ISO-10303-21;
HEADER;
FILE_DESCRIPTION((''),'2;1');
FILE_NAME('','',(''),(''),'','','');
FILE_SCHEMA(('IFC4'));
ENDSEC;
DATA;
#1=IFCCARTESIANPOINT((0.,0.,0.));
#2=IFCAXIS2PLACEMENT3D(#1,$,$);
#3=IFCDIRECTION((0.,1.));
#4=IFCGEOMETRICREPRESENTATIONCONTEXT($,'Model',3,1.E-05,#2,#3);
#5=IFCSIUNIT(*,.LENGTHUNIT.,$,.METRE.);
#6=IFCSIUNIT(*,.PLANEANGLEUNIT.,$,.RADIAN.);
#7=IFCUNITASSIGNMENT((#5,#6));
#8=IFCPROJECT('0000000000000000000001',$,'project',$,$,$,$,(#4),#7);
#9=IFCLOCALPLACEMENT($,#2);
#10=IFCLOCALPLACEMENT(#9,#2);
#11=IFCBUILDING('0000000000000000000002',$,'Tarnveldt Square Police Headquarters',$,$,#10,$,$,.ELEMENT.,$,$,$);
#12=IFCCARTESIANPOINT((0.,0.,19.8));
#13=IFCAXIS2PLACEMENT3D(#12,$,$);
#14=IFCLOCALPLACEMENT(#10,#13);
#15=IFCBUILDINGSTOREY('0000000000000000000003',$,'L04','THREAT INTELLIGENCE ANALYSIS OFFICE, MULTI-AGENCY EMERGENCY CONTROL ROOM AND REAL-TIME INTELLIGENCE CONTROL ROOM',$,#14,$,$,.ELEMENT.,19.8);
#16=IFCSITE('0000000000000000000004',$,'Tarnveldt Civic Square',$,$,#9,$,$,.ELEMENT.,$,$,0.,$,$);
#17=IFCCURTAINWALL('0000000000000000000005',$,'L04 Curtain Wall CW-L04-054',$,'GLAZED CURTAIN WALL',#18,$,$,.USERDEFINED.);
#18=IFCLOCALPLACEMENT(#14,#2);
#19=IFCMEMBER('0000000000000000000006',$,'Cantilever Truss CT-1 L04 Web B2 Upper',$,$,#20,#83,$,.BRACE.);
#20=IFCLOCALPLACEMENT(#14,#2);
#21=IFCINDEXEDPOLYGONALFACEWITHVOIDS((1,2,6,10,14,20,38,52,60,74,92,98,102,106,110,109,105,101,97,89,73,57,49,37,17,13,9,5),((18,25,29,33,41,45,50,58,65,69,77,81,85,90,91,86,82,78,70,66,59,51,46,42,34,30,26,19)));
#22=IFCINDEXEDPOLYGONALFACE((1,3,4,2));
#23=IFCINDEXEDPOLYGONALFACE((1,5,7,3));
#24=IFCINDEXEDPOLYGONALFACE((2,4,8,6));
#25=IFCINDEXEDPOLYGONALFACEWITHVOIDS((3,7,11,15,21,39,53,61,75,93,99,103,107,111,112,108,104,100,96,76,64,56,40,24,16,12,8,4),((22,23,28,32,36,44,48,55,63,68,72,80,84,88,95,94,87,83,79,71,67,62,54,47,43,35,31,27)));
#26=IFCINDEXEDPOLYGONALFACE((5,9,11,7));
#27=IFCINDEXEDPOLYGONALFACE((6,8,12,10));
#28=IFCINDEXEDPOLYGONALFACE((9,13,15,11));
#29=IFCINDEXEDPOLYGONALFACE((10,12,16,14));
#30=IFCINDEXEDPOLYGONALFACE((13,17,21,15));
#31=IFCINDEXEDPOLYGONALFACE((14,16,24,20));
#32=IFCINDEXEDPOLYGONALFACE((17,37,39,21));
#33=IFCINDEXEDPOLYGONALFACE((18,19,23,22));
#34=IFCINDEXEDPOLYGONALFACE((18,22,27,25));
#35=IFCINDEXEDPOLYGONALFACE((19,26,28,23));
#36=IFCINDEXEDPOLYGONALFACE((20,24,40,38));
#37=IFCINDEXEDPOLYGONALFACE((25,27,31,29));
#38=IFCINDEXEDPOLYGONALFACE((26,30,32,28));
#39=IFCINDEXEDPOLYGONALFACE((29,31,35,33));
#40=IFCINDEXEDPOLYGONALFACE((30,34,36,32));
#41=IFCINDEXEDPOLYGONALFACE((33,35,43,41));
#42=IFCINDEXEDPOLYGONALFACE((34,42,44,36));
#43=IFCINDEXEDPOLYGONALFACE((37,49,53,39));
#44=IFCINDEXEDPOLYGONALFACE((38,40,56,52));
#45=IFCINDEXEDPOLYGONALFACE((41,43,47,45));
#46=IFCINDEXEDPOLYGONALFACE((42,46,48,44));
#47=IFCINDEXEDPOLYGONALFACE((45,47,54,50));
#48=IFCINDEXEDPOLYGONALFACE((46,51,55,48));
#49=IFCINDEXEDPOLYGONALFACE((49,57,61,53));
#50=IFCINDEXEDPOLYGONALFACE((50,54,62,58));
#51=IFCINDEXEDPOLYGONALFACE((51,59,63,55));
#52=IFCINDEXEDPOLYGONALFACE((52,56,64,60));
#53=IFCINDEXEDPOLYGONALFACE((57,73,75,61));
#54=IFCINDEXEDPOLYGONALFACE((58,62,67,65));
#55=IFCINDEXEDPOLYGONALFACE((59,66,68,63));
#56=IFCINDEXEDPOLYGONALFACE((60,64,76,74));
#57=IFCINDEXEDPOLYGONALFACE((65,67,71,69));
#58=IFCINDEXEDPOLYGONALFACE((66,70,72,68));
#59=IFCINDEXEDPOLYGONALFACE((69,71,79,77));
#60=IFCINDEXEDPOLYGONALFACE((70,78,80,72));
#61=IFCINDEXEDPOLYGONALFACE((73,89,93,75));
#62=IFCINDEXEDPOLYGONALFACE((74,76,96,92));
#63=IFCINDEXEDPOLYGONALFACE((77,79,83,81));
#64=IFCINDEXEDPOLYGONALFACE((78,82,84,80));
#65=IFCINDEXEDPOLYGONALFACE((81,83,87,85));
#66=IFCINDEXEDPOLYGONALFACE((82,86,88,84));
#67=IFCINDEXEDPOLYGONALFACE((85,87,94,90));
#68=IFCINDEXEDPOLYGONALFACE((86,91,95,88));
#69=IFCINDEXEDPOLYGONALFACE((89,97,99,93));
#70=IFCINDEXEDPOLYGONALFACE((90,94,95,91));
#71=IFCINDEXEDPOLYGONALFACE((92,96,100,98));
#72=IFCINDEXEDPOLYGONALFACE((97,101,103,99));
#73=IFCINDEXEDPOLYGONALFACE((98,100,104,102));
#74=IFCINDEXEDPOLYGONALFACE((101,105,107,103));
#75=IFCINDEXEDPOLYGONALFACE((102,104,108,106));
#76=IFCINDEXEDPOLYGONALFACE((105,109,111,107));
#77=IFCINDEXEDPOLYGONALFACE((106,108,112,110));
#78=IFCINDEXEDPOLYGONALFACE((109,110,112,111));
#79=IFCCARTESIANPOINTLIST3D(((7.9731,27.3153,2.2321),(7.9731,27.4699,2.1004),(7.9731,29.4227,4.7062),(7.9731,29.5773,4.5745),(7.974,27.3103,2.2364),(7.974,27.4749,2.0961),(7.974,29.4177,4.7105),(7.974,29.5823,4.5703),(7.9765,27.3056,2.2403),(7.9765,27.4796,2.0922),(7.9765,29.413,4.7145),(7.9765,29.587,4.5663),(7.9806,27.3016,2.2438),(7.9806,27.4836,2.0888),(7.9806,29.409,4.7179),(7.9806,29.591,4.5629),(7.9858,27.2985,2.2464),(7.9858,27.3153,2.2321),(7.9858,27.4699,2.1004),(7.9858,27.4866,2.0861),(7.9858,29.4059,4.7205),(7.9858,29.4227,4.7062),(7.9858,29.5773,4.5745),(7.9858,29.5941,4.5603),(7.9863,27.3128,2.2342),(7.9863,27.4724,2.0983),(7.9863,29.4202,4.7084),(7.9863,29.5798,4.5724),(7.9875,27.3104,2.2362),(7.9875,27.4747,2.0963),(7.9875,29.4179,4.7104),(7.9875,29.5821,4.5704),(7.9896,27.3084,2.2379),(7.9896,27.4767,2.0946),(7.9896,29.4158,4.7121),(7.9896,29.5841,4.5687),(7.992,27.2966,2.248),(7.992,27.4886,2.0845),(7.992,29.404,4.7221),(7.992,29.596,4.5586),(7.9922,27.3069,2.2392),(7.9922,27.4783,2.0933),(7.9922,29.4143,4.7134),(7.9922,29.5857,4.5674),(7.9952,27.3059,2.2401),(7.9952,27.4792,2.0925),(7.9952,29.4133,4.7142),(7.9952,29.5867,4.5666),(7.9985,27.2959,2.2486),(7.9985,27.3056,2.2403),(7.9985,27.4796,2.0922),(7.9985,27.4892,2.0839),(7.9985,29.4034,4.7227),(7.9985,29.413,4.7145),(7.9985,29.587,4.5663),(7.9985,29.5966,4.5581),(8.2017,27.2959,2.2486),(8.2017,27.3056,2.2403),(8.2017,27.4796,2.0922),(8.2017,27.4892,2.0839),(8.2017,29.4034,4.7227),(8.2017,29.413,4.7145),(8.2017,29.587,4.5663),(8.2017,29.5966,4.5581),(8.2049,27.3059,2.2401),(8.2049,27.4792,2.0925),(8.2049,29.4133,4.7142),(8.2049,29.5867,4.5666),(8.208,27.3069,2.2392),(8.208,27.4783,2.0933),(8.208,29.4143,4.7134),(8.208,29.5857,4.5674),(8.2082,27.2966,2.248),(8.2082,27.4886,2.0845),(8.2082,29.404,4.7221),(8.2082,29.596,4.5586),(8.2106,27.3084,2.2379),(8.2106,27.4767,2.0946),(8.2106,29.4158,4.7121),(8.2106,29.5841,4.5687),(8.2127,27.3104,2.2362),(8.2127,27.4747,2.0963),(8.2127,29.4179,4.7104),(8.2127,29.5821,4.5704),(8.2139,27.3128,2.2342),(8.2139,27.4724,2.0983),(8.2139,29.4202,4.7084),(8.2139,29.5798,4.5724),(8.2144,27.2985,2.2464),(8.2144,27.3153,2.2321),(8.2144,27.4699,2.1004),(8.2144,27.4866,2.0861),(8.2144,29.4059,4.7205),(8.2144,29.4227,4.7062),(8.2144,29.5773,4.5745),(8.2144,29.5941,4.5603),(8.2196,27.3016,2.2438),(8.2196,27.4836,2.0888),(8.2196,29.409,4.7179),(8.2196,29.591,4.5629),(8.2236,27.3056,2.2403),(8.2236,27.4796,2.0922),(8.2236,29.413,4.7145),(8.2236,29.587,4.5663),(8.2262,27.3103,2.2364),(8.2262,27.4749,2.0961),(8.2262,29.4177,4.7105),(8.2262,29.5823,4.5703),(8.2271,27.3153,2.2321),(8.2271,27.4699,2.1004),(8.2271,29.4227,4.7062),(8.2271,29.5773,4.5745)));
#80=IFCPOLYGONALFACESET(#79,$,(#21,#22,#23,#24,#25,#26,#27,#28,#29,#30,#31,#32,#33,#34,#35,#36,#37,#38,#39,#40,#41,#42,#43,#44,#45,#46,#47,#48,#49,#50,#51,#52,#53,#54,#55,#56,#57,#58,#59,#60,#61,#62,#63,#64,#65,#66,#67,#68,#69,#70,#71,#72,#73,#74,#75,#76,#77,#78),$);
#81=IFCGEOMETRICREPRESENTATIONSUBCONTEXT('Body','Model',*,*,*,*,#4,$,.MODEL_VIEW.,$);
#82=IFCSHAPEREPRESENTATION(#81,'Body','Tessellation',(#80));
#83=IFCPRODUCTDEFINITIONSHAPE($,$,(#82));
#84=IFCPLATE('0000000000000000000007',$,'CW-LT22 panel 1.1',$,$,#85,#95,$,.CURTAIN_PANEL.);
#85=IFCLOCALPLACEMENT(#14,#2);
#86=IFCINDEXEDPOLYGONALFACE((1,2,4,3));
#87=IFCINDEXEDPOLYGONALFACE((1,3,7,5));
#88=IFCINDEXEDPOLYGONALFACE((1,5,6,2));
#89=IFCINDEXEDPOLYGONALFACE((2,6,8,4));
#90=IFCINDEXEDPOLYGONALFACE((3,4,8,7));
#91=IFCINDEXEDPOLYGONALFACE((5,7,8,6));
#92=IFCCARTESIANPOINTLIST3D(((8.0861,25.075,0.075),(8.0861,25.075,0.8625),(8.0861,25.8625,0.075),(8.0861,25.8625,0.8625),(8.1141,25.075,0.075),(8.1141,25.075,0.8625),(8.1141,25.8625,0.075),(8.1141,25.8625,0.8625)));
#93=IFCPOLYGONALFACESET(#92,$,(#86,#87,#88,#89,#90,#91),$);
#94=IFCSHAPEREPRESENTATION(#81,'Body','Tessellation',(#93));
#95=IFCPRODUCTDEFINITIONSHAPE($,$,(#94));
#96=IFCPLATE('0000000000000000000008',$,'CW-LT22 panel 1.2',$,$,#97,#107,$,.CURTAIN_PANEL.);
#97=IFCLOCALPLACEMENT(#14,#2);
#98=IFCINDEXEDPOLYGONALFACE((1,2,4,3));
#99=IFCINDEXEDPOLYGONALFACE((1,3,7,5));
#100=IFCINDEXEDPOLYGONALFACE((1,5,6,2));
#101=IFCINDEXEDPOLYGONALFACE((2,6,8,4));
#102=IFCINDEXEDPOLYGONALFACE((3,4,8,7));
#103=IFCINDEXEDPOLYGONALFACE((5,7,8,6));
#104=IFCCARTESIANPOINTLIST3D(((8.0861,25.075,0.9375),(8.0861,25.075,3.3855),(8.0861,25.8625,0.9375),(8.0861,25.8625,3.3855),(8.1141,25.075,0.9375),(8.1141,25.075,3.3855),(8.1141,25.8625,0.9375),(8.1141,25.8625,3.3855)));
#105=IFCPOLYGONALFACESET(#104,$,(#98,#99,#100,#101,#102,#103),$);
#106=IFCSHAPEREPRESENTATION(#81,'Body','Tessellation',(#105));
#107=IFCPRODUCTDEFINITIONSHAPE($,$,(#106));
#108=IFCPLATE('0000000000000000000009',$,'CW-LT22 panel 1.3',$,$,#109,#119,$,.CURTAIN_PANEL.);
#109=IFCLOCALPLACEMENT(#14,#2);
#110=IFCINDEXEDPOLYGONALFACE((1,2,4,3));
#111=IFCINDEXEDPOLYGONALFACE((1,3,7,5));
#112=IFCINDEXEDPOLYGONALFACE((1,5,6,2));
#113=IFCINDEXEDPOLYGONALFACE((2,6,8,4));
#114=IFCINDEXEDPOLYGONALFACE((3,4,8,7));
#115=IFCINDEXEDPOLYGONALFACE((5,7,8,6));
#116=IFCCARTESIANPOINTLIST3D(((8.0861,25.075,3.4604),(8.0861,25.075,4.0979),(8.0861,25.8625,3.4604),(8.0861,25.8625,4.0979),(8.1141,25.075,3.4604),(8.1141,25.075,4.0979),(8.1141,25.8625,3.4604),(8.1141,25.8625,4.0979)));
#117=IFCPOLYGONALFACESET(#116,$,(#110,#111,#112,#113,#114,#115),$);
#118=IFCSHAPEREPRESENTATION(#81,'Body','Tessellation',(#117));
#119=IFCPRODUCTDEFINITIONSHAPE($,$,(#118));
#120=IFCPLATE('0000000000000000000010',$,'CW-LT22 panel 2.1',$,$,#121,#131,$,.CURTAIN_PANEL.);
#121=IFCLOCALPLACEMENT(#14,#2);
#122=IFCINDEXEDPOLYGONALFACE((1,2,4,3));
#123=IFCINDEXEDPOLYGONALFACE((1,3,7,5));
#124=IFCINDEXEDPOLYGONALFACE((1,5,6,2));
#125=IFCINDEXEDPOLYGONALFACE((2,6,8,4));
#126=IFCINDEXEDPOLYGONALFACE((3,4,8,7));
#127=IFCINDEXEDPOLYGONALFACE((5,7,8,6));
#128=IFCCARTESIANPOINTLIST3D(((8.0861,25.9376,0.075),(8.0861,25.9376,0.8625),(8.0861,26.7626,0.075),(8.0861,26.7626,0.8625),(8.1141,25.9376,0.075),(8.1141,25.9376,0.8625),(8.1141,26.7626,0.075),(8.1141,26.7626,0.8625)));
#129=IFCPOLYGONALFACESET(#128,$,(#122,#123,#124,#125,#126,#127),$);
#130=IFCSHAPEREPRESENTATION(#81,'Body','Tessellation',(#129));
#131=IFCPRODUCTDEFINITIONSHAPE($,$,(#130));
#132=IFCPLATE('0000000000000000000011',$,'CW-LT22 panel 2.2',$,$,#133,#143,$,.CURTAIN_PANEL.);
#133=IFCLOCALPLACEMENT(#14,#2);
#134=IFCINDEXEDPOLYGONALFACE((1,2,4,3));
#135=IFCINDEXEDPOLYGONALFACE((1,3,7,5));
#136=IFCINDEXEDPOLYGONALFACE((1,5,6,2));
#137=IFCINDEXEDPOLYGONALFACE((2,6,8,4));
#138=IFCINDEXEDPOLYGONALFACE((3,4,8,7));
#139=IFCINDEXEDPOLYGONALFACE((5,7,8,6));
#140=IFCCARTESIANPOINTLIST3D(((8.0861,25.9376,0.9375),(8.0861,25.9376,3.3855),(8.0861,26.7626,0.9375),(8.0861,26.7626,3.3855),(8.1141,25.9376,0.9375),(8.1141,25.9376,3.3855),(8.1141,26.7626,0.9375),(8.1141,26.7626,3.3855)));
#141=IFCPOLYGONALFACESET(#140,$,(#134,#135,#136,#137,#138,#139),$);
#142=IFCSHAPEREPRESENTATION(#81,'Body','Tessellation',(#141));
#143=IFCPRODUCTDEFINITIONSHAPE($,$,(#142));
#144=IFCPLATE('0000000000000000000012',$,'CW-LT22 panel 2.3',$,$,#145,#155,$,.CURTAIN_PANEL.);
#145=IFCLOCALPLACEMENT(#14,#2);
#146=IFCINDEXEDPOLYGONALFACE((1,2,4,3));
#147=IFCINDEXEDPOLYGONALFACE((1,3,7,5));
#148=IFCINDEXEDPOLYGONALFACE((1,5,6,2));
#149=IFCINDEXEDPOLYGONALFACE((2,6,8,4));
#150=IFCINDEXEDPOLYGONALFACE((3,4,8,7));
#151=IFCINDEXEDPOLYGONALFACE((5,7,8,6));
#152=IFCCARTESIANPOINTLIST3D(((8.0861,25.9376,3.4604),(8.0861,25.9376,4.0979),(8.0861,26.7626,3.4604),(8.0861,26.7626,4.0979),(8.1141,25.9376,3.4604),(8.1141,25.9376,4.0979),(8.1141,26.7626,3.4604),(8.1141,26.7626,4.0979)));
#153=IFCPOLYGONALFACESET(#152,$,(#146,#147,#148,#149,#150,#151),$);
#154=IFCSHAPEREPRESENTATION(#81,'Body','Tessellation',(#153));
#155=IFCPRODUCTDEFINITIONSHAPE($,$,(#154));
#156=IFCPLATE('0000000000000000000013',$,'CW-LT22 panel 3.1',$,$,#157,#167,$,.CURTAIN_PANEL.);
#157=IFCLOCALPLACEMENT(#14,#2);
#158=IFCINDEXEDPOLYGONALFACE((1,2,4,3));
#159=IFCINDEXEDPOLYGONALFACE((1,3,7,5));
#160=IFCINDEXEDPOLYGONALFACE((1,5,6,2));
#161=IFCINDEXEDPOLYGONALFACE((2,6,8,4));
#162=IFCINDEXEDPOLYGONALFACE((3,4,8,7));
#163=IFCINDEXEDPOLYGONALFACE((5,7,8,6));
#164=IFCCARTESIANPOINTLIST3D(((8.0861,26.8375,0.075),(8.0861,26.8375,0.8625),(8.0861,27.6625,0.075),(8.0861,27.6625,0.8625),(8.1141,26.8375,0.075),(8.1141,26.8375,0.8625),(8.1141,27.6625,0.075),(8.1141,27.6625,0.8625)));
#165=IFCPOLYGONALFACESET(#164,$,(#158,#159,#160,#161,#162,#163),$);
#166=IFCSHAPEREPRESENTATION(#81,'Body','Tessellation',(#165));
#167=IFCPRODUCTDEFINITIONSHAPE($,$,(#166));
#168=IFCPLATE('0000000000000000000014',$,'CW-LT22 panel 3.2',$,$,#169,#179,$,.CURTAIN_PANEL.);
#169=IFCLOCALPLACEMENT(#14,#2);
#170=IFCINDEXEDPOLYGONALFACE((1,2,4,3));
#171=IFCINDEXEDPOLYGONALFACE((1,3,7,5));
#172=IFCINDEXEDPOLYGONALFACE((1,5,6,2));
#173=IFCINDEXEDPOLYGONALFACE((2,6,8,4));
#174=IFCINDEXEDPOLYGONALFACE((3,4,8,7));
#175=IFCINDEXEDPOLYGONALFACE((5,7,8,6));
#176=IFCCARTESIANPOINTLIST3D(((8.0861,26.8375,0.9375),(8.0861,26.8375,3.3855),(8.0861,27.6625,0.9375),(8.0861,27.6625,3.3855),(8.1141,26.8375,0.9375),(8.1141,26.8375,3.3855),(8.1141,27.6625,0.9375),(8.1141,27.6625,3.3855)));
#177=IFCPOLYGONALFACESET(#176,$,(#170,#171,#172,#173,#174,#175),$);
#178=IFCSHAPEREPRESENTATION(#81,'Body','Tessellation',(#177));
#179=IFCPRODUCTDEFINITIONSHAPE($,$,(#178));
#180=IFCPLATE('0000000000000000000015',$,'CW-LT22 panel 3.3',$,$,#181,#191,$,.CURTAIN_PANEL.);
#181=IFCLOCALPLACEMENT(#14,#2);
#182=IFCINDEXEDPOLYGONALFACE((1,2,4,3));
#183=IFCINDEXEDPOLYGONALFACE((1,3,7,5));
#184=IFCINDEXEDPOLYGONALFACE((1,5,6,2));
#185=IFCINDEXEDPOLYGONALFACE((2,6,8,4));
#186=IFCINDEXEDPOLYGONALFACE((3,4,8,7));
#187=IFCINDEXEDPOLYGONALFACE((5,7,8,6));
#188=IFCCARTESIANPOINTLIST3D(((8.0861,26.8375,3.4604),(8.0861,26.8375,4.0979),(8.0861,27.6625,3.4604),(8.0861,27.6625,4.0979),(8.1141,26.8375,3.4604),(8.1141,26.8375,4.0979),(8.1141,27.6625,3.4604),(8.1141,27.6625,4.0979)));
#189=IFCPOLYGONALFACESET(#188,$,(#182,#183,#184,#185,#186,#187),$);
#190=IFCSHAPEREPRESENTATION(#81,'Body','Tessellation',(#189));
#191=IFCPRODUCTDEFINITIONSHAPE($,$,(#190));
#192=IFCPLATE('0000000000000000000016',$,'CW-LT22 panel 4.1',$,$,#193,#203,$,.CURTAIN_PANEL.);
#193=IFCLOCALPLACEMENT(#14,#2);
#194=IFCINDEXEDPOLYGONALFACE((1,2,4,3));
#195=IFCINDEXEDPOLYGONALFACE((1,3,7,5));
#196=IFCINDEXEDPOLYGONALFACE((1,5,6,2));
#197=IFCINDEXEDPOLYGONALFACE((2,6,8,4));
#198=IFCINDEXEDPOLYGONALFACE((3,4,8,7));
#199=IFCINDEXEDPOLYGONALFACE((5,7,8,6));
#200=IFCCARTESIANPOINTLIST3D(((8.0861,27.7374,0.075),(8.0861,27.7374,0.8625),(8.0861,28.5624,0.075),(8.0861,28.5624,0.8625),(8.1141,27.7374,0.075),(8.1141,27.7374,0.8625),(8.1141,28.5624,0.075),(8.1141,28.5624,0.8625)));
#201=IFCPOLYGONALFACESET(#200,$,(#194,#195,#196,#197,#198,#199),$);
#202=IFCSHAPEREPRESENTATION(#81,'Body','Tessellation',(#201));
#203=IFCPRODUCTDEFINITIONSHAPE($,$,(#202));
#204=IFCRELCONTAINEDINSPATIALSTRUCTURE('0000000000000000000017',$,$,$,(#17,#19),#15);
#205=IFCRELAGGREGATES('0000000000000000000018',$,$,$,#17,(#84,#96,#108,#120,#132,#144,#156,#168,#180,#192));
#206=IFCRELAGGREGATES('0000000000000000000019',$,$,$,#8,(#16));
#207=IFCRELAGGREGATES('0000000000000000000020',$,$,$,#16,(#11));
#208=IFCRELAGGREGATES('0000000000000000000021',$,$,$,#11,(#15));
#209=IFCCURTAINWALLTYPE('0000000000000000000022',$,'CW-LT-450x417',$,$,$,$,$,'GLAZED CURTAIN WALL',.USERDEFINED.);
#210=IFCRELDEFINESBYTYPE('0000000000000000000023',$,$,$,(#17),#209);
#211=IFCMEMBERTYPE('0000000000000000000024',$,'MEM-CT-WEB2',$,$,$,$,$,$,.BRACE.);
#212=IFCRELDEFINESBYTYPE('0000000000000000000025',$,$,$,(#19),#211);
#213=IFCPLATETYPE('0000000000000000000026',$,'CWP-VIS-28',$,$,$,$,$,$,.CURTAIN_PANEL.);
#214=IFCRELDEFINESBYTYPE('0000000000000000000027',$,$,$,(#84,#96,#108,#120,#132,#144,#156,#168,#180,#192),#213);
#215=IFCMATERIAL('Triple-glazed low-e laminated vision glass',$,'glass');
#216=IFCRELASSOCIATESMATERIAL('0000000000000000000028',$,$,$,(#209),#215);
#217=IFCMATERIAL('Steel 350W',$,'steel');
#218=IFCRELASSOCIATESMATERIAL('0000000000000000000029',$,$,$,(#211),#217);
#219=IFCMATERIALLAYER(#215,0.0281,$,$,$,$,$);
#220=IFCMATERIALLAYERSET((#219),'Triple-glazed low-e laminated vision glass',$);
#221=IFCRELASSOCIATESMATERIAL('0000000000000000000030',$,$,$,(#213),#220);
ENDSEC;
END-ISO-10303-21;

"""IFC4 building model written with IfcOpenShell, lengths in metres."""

from ifc_helpers import new_model, si_unit, direction, frame, origin, origin_2d, place, context, subcontext, project, spatial, rectangle, hollow_rectangle, extrude, material, layer, layer_set, material_profile, profile_set, type_object, element, aggregate, save


model = new_model("IFC4")

# Units and contexts
model_context = context("Model", 3, precision=1e-05, world=origin(), true_north=direction((0.0, 1.0)))
body_context = subcontext(model_context, "Body", "Model", "MODEL_VIEW")
ifc_project = project(units=[si_unit("LENGTHUNIT", "METRE"), si_unit("PLANEANGLEUNIT", "RADIAN")], contexts=[model_context])

# Site, building, storey
site_placement = place(None, origin())
site = spatial("IfcSite", under=ifc_project, at=site_placement, Name="Tarnveldt Civic Square", CompositionType="ELEMENT", RefElevation=0.0)
building_placement = place(site_placement, origin())
building = spatial("IfcBuilding", under=site, at=building_placement, Name="Tarnveldt Square Police Headquarters", CompositionType="ELEMENT")
storey_placement = place(building_placement, frame((0.0, 0.0, 19.8)))
storey = spatial("IfcBuildingStorey", under=building, at=storey_placement, Name="L04", Description="THREAT INTELLIGENCE ANALYSIS OFFICE, MULTI-AGENCY EMERGENCY CONTROL ROOM AND REAL-TIME INTELLIGENCE CONTROL ROOM", CompositionType="ELEMENT", Elevation=19.8)

# Shared definitions
ifc_material_1 = material(Name="Steel 350W", Category="steel")

# Curtain wall
ifc_material_2 = material(Name="Triple-glazed low-e laminated vision glass", Category="glass")
curtain_wall_type = type_object("IfcCurtainWallType", Name="CW-LT-450x417", ElementType="GLAZED CURTAIN WALL", PredefinedType="USERDEFINED", material=ifc_material_2)
curtain_wall_placement = place(storey_placement, origin())
curtain_wall = element("IfcCurtainWall", 1, at=curtain_wall_placement, inside=storey, type_object=curtain_wall_type, Name="L04 Curtain Wall CW-L04-054", ObjectType="GLAZED CURTAIN WALL", PredefinedType="USERDEFINED")

# Member
ifc_material_profile_1 = material_profile(ifc_material_1, hollow_rectangle(XDim=0.2539, YDim=0.2539, WallThickness=0.0127, InnerFilletRadius=0.0127, OuterFilletRadius=0.0254, at=origin_2d()), Name="HSS254x254x13")
ifc_profile_set_1 = profile_set([ifc_material_profile_1], Name="Steel 350W")
member_type_1 = type_object("IfcMemberType", Name="MEM-CT-WEB2", PredefinedType="BRACE", material=ifc_profile_set_1)
member_1_placement = place(storey_placement, frame((8.1001, 27.3926, 2.1663), z_axis=(0.0, 0.648437, 0.761268), x_axis=(-1.0, 0.0, 0.0)))
element("IfcMember", 2, at=member_1_placement, inside=storey, type_object=member_type_1, Name="Cantilever Truss CT-1 L04 Web B2 Upper", PredefinedType="BRACE", context=body_context, shape_type="SweptSolid", body=[
    extrude(hollow_rectangle(XDim=0.2539, YDim=0.2539, WallThickness=0.0127, InnerFilletRadius=0.0127, OuterFilletRadius=0.0254, at=origin_2d()), origin(), (0.0, 0.0, 1.0), 3.25),
])

# Plates
ifc_layer_1 = layer(ifc_material_2, 0.0281)
ifc_layer_set_1 = layer_set([ifc_layer_1], Name="Triple-glazed low-e laminated vision glass")
plate_type_1 = type_object("IfcPlateType", Name="CWP-VIS-28", PredefinedType="CURTAIN_PANEL", material=ifc_layer_set_1)
plate_1_placement = place(storey_placement, frame((8.1001, 25.4688, 0.075), z_axis=(0.0, 0.0, 1.0), x_axis=(0.0, 1.0, 0.0)))
plate_1 = element("IfcPlate", 3, at=plate_1_placement, type_object=plate_type_1, Name="CW-LT22 panel 1.1", PredefinedType="CURTAIN_PANEL", context=body_context, shape_type="SweptSolid", body=[
    extrude(rectangle(XDim=0.7876, YDim=0.0281, at=origin_2d()), origin(), (0.0, 0.0, 1.0), 0.7876),
])
plate_2_placement = place(storey_placement, frame((8.1001, 25.4688, 0.9375), z_axis=(0.0, 0.0, 1.0), x_axis=(0.0, 1.0, 0.0)))
plate_2 = element("IfcPlate", 4, at=plate_2_placement, type_object=plate_type_1, Name="CW-LT22 panel 1.2", PredefinedType="CURTAIN_PANEL", context=body_context, shape_type="SweptSolid", body=[
    extrude(rectangle(XDim=0.7876, YDim=0.0281, at=origin_2d()), origin(), (0.0, 0.0, 1.0), 2.448),
])
plate_3_placement = place(storey_placement, frame((8.1001, 25.4688, 3.4604), z_axis=(0.0, 0.0, 1.0), x_axis=(0.0, 1.0, 0.0)))
plate_3 = element("IfcPlate", 5, at=plate_3_placement, type_object=plate_type_1, Name="CW-LT22 panel 1.3", PredefinedType="CURTAIN_PANEL", context=body_context, shape_type="SweptSolid", body=[
    extrude(rectangle(XDim=0.7876, YDim=0.0281, at=origin_2d()), origin(), (0.0, 0.0, 1.0), 0.6375),
])
plate_4_placement = place(storey_placement, frame((8.1001, 26.3501, 0.075), z_axis=(0.0, 0.0, 1.0), x_axis=(0.0, 1.0, 0.0)))
plate_4 = element("IfcPlate", 6, at=plate_4_placement, type_object=plate_type_1, Name="CW-LT22 panel 2.1", PredefinedType="CURTAIN_PANEL", context=body_context, shape_type="SweptSolid", body=[
    extrude(rectangle(XDim=0.825, YDim=0.0281, at=origin_2d()), origin(), (0.0, 0.0, 1.0), 0.7876),
])
plate_5_placement = place(storey_placement, frame((8.1001, 26.3501, 0.9375), z_axis=(0.0, 0.0, 1.0), x_axis=(0.0, 1.0, 0.0)))
plate_5 = element("IfcPlate", 7, at=plate_5_placement, type_object=plate_type_1, Name="CW-LT22 panel 2.2", PredefinedType="CURTAIN_PANEL", context=body_context, shape_type="SweptSolid", body=[
    extrude(rectangle(XDim=0.825, YDim=0.0281, at=origin_2d()), origin(), (0.0, 0.0, 1.0), 2.448),
])
plate_6_placement = place(storey_placement, frame((8.1001, 26.3501, 3.4604), z_axis=(0.0, 0.0, 1.0), x_axis=(0.0, 1.0, 0.0)))
plate_6 = element("IfcPlate", 8, at=plate_6_placement, type_object=plate_type_1, Name="CW-LT22 panel 2.3", PredefinedType="CURTAIN_PANEL", context=body_context, shape_type="SweptSolid", body=[
    extrude(rectangle(XDim=0.825, YDim=0.0281, at=origin_2d()), origin(), (0.0, 0.0, 1.0), 0.6375),
])
plate_7_placement = place(storey_placement, frame((8.1001, 27.25, 0.075), z_axis=(0.0, 0.0, 1.0), x_axis=(0.0, 1.0, 0.0)))
plate_7 = element("IfcPlate", 9, at=plate_7_placement, type_object=plate_type_1, Name="CW-LT22 panel 3.1", PredefinedType="CURTAIN_PANEL", context=body_context, shape_type="SweptSolid", body=[
    extrude(rectangle(XDim=0.825, YDim=0.0281, at=origin_2d()), origin(), (0.0, 0.0, 1.0), 0.7876),
])
plate_8_placement = place(storey_placement, frame((8.1001, 27.25, 0.9375), z_axis=(0.0, 0.0, 1.0), x_axis=(0.0, 1.0, 0.0)))
plate_8 = element("IfcPlate", 10, at=plate_8_placement, type_object=plate_type_1, Name="CW-LT22 panel 3.2", PredefinedType="CURTAIN_PANEL", context=body_context, shape_type="SweptSolid", body=[
    extrude(rectangle(XDim=0.825, YDim=0.0281, at=origin_2d()), origin(), (0.0, 0.0, 1.0), 2.448),
])
plate_9_placement = place(storey_placement, frame((8.1001, 27.25, 3.4604), z_axis=(0.0, 0.0, 1.0), x_axis=(0.0, 1.0, 0.0)))
plate_9 = element("IfcPlate", 11, at=plate_9_placement, type_object=plate_type_1, Name="CW-LT22 panel 3.3", PredefinedType="CURTAIN_PANEL", context=body_context, shape_type="SweptSolid", body=[
    extrude(rectangle(XDim=0.825, YDim=0.0281, at=origin_2d()), origin(), (0.0, 0.0, 1.0), 0.6375),
])
plate_10_placement = place(storey_placement, frame((8.1001, 28.1499, 0.075), z_axis=(0.0, 0.0, 1.0), x_axis=(0.0, 1.0, 0.0)))
plate_10 = element("IfcPlate", 12, at=plate_10_placement, type_object=plate_type_1, Name="CW-LT22 panel 4.1", PredefinedType="CURTAIN_PANEL", context=body_context, shape_type="SweptSolid", body=[
    extrude(rectangle(XDim=0.825, YDim=0.0281, at=origin_2d()), origin(), (0.0, 0.0, 1.0), 0.7876),
])
aggregate(curtain_wall, [plate_1, plate_2, plate_3, plate_4, plate_5, plate_6, plate_7, plate_8, plate_9, plate_10])

save(model, "model.ifc")
